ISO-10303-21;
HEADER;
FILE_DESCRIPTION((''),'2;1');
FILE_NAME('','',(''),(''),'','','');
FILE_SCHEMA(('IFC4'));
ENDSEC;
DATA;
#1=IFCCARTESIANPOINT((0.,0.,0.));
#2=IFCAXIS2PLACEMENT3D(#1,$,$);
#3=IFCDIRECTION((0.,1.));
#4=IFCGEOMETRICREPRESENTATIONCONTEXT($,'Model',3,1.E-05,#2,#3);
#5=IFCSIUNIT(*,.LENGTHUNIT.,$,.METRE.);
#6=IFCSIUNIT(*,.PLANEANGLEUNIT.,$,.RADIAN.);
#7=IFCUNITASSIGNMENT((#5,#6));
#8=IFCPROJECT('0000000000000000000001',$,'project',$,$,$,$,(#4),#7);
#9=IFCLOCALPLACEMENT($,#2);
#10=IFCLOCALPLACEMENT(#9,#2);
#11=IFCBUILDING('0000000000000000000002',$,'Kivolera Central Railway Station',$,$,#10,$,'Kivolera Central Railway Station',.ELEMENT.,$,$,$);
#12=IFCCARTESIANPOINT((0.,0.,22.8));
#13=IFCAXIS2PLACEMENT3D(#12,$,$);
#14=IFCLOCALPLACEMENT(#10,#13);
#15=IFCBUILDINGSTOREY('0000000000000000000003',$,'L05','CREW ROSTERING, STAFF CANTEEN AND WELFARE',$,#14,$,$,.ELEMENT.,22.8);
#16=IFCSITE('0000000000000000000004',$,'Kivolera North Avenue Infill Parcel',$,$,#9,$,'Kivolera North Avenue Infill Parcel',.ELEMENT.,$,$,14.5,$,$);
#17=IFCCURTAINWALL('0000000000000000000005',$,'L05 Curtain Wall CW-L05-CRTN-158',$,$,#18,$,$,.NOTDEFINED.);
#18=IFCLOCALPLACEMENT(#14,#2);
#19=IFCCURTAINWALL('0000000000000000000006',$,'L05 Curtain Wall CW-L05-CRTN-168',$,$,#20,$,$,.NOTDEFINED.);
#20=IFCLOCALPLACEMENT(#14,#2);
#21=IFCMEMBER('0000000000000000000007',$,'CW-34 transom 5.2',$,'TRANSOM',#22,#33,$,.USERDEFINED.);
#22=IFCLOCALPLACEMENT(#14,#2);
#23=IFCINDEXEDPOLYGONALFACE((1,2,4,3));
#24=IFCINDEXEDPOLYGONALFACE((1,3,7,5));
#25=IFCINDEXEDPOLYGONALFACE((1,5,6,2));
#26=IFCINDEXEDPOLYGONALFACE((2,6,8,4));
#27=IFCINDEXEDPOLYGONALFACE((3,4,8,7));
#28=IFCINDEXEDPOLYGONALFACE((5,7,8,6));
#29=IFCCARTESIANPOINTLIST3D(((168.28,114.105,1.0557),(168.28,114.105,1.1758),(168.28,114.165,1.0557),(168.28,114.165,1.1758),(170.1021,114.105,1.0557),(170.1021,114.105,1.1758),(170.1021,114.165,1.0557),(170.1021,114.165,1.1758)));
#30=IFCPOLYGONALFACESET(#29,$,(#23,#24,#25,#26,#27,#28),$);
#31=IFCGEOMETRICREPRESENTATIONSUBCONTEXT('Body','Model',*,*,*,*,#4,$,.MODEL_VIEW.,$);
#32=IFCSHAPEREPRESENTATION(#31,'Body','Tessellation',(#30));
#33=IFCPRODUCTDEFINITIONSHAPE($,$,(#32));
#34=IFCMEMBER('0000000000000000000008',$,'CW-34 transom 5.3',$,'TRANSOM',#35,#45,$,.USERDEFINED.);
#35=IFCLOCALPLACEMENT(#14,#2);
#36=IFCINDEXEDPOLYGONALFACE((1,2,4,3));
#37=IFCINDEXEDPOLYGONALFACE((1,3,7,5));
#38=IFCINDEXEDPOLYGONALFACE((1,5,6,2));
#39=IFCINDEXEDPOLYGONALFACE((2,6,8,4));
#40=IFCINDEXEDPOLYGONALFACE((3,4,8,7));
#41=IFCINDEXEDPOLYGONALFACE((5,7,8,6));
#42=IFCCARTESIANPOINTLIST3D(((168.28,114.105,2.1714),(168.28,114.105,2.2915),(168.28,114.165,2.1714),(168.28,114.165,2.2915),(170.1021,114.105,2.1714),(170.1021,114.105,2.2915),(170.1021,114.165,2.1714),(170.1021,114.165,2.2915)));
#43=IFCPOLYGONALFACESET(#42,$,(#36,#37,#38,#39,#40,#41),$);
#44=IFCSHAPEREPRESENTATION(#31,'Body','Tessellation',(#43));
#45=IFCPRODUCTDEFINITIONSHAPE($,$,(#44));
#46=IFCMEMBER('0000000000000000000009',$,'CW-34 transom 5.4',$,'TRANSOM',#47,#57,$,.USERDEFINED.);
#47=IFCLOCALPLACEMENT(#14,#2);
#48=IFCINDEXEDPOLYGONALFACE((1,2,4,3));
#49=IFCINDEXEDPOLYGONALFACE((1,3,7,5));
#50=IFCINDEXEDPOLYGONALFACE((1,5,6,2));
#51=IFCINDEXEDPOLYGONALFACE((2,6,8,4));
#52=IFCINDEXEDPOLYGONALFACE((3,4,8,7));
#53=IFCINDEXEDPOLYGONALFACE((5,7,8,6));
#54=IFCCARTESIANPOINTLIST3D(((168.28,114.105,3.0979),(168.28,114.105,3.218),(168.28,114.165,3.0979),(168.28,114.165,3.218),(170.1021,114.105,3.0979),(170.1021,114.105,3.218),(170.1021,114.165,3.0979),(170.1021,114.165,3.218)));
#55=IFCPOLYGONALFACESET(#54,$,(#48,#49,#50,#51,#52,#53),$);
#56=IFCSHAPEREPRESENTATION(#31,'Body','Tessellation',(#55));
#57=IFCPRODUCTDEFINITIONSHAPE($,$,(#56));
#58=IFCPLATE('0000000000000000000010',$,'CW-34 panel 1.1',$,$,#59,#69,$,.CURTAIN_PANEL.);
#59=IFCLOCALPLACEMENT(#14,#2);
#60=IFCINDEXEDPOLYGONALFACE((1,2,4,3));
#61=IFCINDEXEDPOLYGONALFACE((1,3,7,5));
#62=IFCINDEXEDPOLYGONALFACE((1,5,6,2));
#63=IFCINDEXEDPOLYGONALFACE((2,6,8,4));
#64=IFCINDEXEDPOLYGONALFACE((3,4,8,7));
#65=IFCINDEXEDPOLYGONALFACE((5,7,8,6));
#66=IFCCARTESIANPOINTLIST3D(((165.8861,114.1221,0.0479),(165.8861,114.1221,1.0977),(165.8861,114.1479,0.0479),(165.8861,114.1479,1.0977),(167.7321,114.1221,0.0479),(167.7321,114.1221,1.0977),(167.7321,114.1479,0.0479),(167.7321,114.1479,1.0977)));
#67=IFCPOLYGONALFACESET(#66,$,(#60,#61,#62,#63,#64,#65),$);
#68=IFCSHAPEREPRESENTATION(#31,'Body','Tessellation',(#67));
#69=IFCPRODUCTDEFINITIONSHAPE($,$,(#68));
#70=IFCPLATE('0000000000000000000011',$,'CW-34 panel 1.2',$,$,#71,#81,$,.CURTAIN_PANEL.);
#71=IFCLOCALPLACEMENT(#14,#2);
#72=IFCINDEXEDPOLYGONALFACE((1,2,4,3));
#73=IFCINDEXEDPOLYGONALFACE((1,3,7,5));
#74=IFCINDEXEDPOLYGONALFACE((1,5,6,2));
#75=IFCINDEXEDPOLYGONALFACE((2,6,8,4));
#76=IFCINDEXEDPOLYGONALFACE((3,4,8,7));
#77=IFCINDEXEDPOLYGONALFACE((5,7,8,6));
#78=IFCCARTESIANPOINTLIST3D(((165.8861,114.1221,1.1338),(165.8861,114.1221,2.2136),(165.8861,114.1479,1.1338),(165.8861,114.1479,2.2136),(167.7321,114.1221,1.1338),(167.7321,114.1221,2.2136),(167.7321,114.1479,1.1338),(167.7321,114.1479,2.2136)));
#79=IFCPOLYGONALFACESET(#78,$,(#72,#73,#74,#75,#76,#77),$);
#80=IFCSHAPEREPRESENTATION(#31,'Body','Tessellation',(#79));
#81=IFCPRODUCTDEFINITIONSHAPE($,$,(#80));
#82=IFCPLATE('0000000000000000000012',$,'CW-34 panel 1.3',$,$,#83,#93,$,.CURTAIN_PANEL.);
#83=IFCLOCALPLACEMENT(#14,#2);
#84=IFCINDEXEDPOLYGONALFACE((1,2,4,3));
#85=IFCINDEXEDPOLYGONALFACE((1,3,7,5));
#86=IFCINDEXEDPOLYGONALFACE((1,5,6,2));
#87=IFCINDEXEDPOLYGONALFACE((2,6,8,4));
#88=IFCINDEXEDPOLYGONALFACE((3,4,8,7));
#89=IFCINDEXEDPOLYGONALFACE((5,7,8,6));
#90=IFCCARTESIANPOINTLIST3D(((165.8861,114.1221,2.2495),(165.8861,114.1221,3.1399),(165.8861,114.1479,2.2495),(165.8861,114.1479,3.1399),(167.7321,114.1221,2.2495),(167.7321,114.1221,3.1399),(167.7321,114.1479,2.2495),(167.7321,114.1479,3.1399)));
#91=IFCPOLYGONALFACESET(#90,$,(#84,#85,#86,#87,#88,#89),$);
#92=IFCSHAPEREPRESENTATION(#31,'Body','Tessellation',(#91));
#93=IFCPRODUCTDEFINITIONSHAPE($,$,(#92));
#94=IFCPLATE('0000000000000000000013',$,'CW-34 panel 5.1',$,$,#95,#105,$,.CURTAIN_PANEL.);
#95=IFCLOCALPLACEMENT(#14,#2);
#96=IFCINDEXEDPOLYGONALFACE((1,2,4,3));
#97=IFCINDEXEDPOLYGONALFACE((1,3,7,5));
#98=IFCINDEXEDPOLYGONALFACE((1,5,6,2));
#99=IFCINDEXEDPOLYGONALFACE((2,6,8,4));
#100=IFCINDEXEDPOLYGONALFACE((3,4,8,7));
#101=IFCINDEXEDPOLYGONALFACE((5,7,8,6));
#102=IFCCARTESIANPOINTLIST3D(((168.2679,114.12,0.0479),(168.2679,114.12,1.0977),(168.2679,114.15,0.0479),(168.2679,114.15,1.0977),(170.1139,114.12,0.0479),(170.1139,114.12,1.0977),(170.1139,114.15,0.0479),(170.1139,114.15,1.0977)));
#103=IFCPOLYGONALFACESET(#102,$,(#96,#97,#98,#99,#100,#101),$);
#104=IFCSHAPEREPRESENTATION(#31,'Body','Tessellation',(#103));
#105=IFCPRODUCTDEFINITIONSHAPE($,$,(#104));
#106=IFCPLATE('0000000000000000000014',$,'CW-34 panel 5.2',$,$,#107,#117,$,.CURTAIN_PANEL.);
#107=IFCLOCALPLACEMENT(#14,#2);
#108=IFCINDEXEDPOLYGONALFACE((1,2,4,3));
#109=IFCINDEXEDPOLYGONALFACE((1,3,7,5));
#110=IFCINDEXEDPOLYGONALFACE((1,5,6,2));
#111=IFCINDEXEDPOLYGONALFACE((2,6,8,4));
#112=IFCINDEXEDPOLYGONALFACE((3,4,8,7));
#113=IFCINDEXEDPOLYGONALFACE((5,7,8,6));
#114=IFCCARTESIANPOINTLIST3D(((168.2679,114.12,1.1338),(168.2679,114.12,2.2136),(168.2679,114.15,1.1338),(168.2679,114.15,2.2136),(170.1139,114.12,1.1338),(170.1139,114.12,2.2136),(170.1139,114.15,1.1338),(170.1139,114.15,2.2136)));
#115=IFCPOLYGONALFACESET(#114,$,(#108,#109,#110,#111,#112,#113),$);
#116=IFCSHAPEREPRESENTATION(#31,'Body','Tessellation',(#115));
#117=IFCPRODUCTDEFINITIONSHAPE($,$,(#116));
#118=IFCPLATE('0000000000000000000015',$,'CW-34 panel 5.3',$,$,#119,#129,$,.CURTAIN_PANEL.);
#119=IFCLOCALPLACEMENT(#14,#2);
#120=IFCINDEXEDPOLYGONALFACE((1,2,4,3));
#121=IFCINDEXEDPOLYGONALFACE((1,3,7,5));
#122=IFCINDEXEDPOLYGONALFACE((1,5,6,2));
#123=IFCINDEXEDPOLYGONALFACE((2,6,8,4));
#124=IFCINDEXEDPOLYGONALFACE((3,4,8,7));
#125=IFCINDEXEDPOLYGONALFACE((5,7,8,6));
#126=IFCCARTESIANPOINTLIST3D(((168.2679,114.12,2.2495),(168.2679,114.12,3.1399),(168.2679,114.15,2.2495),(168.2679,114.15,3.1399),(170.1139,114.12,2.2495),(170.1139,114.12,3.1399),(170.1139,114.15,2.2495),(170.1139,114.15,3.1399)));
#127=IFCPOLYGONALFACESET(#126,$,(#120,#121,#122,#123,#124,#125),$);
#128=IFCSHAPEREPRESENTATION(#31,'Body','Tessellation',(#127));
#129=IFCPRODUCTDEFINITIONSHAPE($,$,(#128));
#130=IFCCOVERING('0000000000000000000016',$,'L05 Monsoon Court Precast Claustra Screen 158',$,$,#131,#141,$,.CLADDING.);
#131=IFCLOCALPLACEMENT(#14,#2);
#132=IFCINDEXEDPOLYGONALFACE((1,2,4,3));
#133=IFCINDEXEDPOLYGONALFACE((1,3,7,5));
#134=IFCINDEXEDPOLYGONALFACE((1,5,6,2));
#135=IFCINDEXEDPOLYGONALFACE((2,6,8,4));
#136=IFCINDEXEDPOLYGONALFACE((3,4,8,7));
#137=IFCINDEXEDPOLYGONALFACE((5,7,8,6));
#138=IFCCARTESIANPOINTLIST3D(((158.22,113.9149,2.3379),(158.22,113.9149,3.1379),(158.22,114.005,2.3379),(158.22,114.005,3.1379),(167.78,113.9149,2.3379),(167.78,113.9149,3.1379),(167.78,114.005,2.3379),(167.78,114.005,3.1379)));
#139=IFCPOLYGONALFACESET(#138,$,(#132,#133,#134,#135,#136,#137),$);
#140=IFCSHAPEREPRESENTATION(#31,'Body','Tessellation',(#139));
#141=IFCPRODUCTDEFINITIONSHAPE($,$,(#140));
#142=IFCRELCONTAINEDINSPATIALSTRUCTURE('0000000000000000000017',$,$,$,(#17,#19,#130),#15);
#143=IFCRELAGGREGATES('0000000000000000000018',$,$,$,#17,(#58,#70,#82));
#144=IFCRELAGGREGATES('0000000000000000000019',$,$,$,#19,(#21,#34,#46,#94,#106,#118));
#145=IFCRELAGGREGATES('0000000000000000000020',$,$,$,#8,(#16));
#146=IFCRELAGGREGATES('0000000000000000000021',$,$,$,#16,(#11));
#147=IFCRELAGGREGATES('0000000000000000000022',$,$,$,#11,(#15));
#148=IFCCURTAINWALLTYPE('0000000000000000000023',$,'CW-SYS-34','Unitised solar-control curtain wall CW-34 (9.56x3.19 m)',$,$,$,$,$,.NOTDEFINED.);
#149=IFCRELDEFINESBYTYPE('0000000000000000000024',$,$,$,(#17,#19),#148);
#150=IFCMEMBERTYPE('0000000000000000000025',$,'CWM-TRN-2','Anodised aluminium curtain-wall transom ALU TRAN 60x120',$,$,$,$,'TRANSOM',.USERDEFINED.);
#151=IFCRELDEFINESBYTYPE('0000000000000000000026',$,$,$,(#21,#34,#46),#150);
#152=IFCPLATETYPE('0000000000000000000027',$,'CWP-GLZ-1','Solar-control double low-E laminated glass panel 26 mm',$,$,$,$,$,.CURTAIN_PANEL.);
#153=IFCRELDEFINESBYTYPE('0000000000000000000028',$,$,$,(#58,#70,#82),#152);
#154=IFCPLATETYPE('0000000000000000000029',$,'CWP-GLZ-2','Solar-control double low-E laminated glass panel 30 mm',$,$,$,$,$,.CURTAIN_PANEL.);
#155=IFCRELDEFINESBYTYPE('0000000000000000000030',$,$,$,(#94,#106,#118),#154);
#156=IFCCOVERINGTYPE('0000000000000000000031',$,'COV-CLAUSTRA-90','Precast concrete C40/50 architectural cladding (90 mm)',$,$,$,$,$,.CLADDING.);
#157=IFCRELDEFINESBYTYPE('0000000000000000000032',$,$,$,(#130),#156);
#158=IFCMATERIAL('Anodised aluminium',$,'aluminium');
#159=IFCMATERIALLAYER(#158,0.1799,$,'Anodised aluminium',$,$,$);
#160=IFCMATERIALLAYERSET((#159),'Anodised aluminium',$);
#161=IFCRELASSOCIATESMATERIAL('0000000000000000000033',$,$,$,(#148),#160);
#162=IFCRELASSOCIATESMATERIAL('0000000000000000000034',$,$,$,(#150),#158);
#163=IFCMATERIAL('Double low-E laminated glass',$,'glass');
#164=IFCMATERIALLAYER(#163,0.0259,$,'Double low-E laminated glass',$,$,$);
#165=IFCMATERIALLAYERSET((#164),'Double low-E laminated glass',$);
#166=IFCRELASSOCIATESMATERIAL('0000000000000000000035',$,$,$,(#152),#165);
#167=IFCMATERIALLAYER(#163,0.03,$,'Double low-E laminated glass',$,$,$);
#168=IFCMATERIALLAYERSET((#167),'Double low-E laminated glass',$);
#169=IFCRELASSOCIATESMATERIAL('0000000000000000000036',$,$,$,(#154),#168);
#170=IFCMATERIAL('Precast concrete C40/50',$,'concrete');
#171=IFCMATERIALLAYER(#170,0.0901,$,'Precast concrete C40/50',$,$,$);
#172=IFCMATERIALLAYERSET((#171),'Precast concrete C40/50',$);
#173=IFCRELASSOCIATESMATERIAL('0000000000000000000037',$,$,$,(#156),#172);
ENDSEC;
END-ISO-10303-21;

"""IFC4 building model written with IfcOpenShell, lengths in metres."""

from ifc_helpers import new_model, si_unit, direction, frame, frame_2d, origin, origin_2d, place, context, subcontext, project, spatial, rectangle, extrude, material, layer, layer_set, material_profile, profile_set, type_object, element, aggregate, save


model = new_model("IFC4")

# Units and contexts
model_context = context("Model", 3, precision=1e-05, world=origin(), true_north=direction((0.0, 1.0)))
body_context = subcontext(model_context, "Body", "Model", "MODEL_VIEW")
ifc_project = project(units=[si_unit("LENGTHUNIT", "METRE"), si_unit("PLANEANGLEUNIT", "RADIAN")], contexts=[model_context])

# Site, building, storey
site_placement = place(None, origin())
site = spatial("IfcSite", under=ifc_project, at=site_placement, Name="Kivolera North Avenue Infill Parcel", LongName="Kivolera North Avenue Infill Parcel", CompositionType="ELEMENT", RefElevation=14.5)
building_placement = place(site_placement, origin())
building = spatial("IfcBuilding", under=site, at=building_placement, Name="Kivolera Central Railway Station", LongName="Kivolera Central Railway Station", CompositionType="ELEMENT")
storey_placement = place(building_placement, frame((0.0, 0.0, 22.8)))
storey = spatial("IfcBuildingStorey", under=building, at=storey_placement, Name="L05", Description="CREW ROSTERING, STAFF CANTEEN AND WELFARE", CompositionType="ELEMENT", Elevation=22.8)

# Curtain walls
ifc_material_1 = material(Name="Anodised aluminium", Category="aluminium")
ifc_layer_1 = layer(ifc_material_1, 0.1799, Name="Anodised aluminium")
ifc_layer_set_1 = layer_set([ifc_layer_1], Name="Anodised aluminium")
curtain_wall_type = type_object("IfcCurtainWallType", Name="CW-SYS-34", Description="Unitised solar-control curtain wall CW-34 (9.56x3.19 m)", PredefinedType="NOTDEFINED", material=ifc_layer_set_1)
curtain_wall_1_placement = place(storey_placement, origin())
curtain_wall_1 = element("IfcCurtainWall", 1, at=curtain_wall_1_placement, inside=storey, type_object=curtain_wall_type, Name="L05 Curtain Wall CW-L05-CRTN-158", PredefinedType="NOTDEFINED")
curtain_wall_2_placement = place(storey_placement, origin())
curtain_wall_2 = element("IfcCurtainWall", 2, at=curtain_wall_2_placement, inside=storey, type_object=curtain_wall_type, Name="L05 Curtain Wall CW-L05-CRTN-168", PredefinedType="NOTDEFINED")

# Members
ifc_material_profile_1 = material_profile(ifc_material_1, rectangle(XDim=0.0601, YDim=0.1201, at=origin_2d()), Name="ALU TRAN 60x120")
ifc_profile_set_1 = profile_set([ifc_material_profile_1], Name="Anodised aluminium")
member_type_1 = type_object("IfcMemberType", Name="CWM-TRN-2", Description="Anodised aluminium curtain-wall transom ALU TRAN 60x120", ElementType="TRANSOM", PredefinedType="USERDEFINED", material=ifc_profile_set_1)
member_1_placement = place(storey_placement, frame((170.1021, 114.135, 1.1157), z_axis=(-1.0, 0.0, 0.0), x_axis=(0.0, -1.0, 0.0)))
member_1 = element("IfcMember", 3, at=member_1_placement, type_object=member_type_1, Name="CW-34 transom 5.2", ObjectType="TRANSOM", PredefinedType="USERDEFINED", context=body_context, shape_type="SweptSolid", body=[
    extrude(rectangle(XDim=0.0601, YDim=0.1201, at=origin_2d()), origin(), (0.0, 0.0, 1.0), 1.822),
])
member_2_placement = place(storey_placement, frame((170.1021, 114.135, 2.2314), z_axis=(-1.0, 0.0, 0.0), x_axis=(0.0, -1.0, 0.0)))
member_2 = element("IfcMember", 4, at=member_2_placement, type_object=member_type_1, Name="CW-34 transom 5.3", ObjectType="TRANSOM", PredefinedType="USERDEFINED", context=body_context, shape_type="SweptSolid", body=[
    extrude(rectangle(XDim=0.0601, YDim=0.1201, at=origin_2d()), origin(), (0.0, 0.0, 1.0), 1.822),
])
member_3_placement = place(storey_placement, frame((170.1021, 114.135, 3.158), z_axis=(-1.0, 0.0, 0.0), x_axis=(0.0, -1.0, 0.0)))
member_3 = element("IfcMember", 5, at=member_3_placement, type_object=member_type_1, Name="CW-34 transom 5.4", ObjectType="TRANSOM", PredefinedType="USERDEFINED", context=body_context, shape_type="SweptSolid", body=[
    extrude(rectangle(XDim=0.0601, YDim=0.1201, at=origin_2d()), origin(), (0.0, 0.0, 1.0), 1.822),
])

# Plates
ifc_material_2 = material(Name="Double low-E laminated glass", Category="glass")
ifc_layer_2 = layer(ifc_material_2, 0.0259, Name="Double low-E laminated glass")
ifc_layer_set_2 = layer_set([ifc_layer_2], Name="Double low-E laminated glass")
plate_type_1 = type_object("IfcPlateType", Name="CWP-GLZ-1", Description="Solar-control double low-E laminated glass panel 26 mm", PredefinedType="CURTAIN_PANEL", material=ifc_layer_set_2)
plate_1_placement = place(storey_placement, frame((166.8091, 114.135, 0.0479), z_axis=(0.0, 0.0, 1.0), x_axis=(-1.0, 0.0, 0.0)))
plate_1 = element("IfcPlate", 6, at=plate_1_placement, type_object=plate_type_1, Name="CW-34 panel 1.1", PredefinedType="CURTAIN_PANEL", context=body_context, shape_type="SweptSolid", body=[
    extrude(rectangle(XDim=1.8459, YDim=0.0259, at=origin_2d()), origin(), (0.0, 0.0, 1.0), 1.0498),
])
plate_2_placement = place(storey_placement, frame((166.8091, 114.135, 1.1338), z_axis=(0.0, 0.0, 1.0), x_axis=(-1.0, 0.0, 0.0)))
plate_2 = element("IfcPlate", 7, at=plate_2_placement, type_object=plate_type_1, Name="CW-34 panel 1.2", PredefinedType="CURTAIN_PANEL", context=body_context, shape_type="SweptSolid", body=[
    extrude(rectangle(XDim=1.8459, YDim=0.0259, at=origin_2d()), origin(), (0.0, 0.0, 1.0), 1.0798),
])
plate_3_placement = place(storey_placement, frame((166.8091, 114.135, 2.2495), z_axis=(0.0, 0.0, 1.0), x_axis=(-1.0, 0.0, 0.0)))
plate_3 = element("IfcPlate", 8, at=plate_3_placement, type_object=plate_type_1, Name="CW-34 panel 1.3", PredefinedType="CURTAIN_PANEL", context=body_context, shape_type="SweptSolid", body=[
    extrude(rectangle(XDim=1.8459, YDim=0.0259, at=origin_2d()), origin(), (0.0, 0.0, 1.0), 0.8904),
])
aggregate(curtain_wall_1, [plate_1, plate_2, plate_3])
ifc_layer_3 = layer(ifc_material_2, 0.03, Name="Double low-E laminated glass")
ifc_layer_set_3 = layer_set([ifc_layer_3], Name="Double low-E laminated glass")
plate_type_2 = type_object("IfcPlateType", Name="CWP-GLZ-2", Description="Solar-control double low-E laminated glass panel 30 mm", PredefinedType="CURTAIN_PANEL", material=ifc_layer_set_3)
plate_4_placement = place(storey_placement, frame((169.1909, 114.135, 0.0479), z_axis=(0.0, 0.0, 1.0), x_axis=(-1.0, 0.0, 0.0)))
plate_4 = element("IfcPlate", 9, at=plate_4_placement, type_object=plate_type_2, Name="CW-34 panel 5.1", PredefinedType="CURTAIN_PANEL", context=body_context, shape_type="SweptSolid", body=[
    extrude(rectangle(XDim=1.8459, YDim=0.03, at=origin_2d()), origin(), (0.0, 0.0, 1.0), 1.0498),
])
plate_5_placement = place(storey_placement, frame((169.1909, 114.135, 1.1338), z_axis=(0.0, 0.0, 1.0), x_axis=(-1.0, 0.0, 0.0)))
plate_5 = element("IfcPlate", 10, at=plate_5_placement, type_object=plate_type_2, Name="CW-34 panel 5.2", PredefinedType="CURTAIN_PANEL", context=body_context, shape_type="SweptSolid", body=[
    extrude(rectangle(XDim=1.8459, YDim=0.03, at=origin_2d()), origin(), (0.0, 0.0, 1.0), 1.0798),
])
plate_6_placement = place(storey_placement, frame((169.1909, 114.135, 2.2495), z_axis=(0.0, 0.0, 1.0), x_axis=(-1.0, 0.0, 0.0)))
plate_6 = element("IfcPlate", 11, at=plate_6_placement, type_object=plate_type_2, Name="CW-34 panel 5.3", PredefinedType="CURTAIN_PANEL", context=body_context, shape_type="SweptSolid", body=[
    extrude(rectangle(XDim=1.8459, YDim=0.03, at=origin_2d()), origin(), (0.0, 0.0, 1.0), 0.8904),
])
aggregate(curtain_wall_2, [member_1, member_2, member_3, plate_4, plate_5, plate_6])

# Covering
ifc_material_3 = material(Name="Precast concrete C40/50", Category="concrete")
ifc_layer_4 = layer(ifc_material_3, 0.0901, Name="Precast concrete C40/50")
ifc_layer_set_4 = layer_set([ifc_layer_4], Name="Precast concrete C40/50")
covering_type = type_object("IfcCoveringType", Name="COV-CLAUSTRA-90", Description="Precast concrete C40/50 architectural cladding (90 mm)", PredefinedType="CLADDING", material=ifc_layer_set_4)
covering_placement = place(storey_placement, frame((167.78, 113.96, 2.3379), z_axis=(0.0, 0.0, 1.0), x_axis=(-1.0, 0.0, 0.0)))
element("IfcCovering", 12, at=covering_placement, inside=storey, type_object=covering_type, Name="L05 Monsoon Court Precast Claustra Screen 158", PredefinedType="CLADDING", context=body_context, shape_type="SweptSolid", body=[
    extrude(rectangle(XDim=9.5601, YDim=0.0901, at=frame_2d((4.78, 0.0))), origin(), (0.0, 0.0, 1.0), 0.8),
])

save(model, "model.ifc")
